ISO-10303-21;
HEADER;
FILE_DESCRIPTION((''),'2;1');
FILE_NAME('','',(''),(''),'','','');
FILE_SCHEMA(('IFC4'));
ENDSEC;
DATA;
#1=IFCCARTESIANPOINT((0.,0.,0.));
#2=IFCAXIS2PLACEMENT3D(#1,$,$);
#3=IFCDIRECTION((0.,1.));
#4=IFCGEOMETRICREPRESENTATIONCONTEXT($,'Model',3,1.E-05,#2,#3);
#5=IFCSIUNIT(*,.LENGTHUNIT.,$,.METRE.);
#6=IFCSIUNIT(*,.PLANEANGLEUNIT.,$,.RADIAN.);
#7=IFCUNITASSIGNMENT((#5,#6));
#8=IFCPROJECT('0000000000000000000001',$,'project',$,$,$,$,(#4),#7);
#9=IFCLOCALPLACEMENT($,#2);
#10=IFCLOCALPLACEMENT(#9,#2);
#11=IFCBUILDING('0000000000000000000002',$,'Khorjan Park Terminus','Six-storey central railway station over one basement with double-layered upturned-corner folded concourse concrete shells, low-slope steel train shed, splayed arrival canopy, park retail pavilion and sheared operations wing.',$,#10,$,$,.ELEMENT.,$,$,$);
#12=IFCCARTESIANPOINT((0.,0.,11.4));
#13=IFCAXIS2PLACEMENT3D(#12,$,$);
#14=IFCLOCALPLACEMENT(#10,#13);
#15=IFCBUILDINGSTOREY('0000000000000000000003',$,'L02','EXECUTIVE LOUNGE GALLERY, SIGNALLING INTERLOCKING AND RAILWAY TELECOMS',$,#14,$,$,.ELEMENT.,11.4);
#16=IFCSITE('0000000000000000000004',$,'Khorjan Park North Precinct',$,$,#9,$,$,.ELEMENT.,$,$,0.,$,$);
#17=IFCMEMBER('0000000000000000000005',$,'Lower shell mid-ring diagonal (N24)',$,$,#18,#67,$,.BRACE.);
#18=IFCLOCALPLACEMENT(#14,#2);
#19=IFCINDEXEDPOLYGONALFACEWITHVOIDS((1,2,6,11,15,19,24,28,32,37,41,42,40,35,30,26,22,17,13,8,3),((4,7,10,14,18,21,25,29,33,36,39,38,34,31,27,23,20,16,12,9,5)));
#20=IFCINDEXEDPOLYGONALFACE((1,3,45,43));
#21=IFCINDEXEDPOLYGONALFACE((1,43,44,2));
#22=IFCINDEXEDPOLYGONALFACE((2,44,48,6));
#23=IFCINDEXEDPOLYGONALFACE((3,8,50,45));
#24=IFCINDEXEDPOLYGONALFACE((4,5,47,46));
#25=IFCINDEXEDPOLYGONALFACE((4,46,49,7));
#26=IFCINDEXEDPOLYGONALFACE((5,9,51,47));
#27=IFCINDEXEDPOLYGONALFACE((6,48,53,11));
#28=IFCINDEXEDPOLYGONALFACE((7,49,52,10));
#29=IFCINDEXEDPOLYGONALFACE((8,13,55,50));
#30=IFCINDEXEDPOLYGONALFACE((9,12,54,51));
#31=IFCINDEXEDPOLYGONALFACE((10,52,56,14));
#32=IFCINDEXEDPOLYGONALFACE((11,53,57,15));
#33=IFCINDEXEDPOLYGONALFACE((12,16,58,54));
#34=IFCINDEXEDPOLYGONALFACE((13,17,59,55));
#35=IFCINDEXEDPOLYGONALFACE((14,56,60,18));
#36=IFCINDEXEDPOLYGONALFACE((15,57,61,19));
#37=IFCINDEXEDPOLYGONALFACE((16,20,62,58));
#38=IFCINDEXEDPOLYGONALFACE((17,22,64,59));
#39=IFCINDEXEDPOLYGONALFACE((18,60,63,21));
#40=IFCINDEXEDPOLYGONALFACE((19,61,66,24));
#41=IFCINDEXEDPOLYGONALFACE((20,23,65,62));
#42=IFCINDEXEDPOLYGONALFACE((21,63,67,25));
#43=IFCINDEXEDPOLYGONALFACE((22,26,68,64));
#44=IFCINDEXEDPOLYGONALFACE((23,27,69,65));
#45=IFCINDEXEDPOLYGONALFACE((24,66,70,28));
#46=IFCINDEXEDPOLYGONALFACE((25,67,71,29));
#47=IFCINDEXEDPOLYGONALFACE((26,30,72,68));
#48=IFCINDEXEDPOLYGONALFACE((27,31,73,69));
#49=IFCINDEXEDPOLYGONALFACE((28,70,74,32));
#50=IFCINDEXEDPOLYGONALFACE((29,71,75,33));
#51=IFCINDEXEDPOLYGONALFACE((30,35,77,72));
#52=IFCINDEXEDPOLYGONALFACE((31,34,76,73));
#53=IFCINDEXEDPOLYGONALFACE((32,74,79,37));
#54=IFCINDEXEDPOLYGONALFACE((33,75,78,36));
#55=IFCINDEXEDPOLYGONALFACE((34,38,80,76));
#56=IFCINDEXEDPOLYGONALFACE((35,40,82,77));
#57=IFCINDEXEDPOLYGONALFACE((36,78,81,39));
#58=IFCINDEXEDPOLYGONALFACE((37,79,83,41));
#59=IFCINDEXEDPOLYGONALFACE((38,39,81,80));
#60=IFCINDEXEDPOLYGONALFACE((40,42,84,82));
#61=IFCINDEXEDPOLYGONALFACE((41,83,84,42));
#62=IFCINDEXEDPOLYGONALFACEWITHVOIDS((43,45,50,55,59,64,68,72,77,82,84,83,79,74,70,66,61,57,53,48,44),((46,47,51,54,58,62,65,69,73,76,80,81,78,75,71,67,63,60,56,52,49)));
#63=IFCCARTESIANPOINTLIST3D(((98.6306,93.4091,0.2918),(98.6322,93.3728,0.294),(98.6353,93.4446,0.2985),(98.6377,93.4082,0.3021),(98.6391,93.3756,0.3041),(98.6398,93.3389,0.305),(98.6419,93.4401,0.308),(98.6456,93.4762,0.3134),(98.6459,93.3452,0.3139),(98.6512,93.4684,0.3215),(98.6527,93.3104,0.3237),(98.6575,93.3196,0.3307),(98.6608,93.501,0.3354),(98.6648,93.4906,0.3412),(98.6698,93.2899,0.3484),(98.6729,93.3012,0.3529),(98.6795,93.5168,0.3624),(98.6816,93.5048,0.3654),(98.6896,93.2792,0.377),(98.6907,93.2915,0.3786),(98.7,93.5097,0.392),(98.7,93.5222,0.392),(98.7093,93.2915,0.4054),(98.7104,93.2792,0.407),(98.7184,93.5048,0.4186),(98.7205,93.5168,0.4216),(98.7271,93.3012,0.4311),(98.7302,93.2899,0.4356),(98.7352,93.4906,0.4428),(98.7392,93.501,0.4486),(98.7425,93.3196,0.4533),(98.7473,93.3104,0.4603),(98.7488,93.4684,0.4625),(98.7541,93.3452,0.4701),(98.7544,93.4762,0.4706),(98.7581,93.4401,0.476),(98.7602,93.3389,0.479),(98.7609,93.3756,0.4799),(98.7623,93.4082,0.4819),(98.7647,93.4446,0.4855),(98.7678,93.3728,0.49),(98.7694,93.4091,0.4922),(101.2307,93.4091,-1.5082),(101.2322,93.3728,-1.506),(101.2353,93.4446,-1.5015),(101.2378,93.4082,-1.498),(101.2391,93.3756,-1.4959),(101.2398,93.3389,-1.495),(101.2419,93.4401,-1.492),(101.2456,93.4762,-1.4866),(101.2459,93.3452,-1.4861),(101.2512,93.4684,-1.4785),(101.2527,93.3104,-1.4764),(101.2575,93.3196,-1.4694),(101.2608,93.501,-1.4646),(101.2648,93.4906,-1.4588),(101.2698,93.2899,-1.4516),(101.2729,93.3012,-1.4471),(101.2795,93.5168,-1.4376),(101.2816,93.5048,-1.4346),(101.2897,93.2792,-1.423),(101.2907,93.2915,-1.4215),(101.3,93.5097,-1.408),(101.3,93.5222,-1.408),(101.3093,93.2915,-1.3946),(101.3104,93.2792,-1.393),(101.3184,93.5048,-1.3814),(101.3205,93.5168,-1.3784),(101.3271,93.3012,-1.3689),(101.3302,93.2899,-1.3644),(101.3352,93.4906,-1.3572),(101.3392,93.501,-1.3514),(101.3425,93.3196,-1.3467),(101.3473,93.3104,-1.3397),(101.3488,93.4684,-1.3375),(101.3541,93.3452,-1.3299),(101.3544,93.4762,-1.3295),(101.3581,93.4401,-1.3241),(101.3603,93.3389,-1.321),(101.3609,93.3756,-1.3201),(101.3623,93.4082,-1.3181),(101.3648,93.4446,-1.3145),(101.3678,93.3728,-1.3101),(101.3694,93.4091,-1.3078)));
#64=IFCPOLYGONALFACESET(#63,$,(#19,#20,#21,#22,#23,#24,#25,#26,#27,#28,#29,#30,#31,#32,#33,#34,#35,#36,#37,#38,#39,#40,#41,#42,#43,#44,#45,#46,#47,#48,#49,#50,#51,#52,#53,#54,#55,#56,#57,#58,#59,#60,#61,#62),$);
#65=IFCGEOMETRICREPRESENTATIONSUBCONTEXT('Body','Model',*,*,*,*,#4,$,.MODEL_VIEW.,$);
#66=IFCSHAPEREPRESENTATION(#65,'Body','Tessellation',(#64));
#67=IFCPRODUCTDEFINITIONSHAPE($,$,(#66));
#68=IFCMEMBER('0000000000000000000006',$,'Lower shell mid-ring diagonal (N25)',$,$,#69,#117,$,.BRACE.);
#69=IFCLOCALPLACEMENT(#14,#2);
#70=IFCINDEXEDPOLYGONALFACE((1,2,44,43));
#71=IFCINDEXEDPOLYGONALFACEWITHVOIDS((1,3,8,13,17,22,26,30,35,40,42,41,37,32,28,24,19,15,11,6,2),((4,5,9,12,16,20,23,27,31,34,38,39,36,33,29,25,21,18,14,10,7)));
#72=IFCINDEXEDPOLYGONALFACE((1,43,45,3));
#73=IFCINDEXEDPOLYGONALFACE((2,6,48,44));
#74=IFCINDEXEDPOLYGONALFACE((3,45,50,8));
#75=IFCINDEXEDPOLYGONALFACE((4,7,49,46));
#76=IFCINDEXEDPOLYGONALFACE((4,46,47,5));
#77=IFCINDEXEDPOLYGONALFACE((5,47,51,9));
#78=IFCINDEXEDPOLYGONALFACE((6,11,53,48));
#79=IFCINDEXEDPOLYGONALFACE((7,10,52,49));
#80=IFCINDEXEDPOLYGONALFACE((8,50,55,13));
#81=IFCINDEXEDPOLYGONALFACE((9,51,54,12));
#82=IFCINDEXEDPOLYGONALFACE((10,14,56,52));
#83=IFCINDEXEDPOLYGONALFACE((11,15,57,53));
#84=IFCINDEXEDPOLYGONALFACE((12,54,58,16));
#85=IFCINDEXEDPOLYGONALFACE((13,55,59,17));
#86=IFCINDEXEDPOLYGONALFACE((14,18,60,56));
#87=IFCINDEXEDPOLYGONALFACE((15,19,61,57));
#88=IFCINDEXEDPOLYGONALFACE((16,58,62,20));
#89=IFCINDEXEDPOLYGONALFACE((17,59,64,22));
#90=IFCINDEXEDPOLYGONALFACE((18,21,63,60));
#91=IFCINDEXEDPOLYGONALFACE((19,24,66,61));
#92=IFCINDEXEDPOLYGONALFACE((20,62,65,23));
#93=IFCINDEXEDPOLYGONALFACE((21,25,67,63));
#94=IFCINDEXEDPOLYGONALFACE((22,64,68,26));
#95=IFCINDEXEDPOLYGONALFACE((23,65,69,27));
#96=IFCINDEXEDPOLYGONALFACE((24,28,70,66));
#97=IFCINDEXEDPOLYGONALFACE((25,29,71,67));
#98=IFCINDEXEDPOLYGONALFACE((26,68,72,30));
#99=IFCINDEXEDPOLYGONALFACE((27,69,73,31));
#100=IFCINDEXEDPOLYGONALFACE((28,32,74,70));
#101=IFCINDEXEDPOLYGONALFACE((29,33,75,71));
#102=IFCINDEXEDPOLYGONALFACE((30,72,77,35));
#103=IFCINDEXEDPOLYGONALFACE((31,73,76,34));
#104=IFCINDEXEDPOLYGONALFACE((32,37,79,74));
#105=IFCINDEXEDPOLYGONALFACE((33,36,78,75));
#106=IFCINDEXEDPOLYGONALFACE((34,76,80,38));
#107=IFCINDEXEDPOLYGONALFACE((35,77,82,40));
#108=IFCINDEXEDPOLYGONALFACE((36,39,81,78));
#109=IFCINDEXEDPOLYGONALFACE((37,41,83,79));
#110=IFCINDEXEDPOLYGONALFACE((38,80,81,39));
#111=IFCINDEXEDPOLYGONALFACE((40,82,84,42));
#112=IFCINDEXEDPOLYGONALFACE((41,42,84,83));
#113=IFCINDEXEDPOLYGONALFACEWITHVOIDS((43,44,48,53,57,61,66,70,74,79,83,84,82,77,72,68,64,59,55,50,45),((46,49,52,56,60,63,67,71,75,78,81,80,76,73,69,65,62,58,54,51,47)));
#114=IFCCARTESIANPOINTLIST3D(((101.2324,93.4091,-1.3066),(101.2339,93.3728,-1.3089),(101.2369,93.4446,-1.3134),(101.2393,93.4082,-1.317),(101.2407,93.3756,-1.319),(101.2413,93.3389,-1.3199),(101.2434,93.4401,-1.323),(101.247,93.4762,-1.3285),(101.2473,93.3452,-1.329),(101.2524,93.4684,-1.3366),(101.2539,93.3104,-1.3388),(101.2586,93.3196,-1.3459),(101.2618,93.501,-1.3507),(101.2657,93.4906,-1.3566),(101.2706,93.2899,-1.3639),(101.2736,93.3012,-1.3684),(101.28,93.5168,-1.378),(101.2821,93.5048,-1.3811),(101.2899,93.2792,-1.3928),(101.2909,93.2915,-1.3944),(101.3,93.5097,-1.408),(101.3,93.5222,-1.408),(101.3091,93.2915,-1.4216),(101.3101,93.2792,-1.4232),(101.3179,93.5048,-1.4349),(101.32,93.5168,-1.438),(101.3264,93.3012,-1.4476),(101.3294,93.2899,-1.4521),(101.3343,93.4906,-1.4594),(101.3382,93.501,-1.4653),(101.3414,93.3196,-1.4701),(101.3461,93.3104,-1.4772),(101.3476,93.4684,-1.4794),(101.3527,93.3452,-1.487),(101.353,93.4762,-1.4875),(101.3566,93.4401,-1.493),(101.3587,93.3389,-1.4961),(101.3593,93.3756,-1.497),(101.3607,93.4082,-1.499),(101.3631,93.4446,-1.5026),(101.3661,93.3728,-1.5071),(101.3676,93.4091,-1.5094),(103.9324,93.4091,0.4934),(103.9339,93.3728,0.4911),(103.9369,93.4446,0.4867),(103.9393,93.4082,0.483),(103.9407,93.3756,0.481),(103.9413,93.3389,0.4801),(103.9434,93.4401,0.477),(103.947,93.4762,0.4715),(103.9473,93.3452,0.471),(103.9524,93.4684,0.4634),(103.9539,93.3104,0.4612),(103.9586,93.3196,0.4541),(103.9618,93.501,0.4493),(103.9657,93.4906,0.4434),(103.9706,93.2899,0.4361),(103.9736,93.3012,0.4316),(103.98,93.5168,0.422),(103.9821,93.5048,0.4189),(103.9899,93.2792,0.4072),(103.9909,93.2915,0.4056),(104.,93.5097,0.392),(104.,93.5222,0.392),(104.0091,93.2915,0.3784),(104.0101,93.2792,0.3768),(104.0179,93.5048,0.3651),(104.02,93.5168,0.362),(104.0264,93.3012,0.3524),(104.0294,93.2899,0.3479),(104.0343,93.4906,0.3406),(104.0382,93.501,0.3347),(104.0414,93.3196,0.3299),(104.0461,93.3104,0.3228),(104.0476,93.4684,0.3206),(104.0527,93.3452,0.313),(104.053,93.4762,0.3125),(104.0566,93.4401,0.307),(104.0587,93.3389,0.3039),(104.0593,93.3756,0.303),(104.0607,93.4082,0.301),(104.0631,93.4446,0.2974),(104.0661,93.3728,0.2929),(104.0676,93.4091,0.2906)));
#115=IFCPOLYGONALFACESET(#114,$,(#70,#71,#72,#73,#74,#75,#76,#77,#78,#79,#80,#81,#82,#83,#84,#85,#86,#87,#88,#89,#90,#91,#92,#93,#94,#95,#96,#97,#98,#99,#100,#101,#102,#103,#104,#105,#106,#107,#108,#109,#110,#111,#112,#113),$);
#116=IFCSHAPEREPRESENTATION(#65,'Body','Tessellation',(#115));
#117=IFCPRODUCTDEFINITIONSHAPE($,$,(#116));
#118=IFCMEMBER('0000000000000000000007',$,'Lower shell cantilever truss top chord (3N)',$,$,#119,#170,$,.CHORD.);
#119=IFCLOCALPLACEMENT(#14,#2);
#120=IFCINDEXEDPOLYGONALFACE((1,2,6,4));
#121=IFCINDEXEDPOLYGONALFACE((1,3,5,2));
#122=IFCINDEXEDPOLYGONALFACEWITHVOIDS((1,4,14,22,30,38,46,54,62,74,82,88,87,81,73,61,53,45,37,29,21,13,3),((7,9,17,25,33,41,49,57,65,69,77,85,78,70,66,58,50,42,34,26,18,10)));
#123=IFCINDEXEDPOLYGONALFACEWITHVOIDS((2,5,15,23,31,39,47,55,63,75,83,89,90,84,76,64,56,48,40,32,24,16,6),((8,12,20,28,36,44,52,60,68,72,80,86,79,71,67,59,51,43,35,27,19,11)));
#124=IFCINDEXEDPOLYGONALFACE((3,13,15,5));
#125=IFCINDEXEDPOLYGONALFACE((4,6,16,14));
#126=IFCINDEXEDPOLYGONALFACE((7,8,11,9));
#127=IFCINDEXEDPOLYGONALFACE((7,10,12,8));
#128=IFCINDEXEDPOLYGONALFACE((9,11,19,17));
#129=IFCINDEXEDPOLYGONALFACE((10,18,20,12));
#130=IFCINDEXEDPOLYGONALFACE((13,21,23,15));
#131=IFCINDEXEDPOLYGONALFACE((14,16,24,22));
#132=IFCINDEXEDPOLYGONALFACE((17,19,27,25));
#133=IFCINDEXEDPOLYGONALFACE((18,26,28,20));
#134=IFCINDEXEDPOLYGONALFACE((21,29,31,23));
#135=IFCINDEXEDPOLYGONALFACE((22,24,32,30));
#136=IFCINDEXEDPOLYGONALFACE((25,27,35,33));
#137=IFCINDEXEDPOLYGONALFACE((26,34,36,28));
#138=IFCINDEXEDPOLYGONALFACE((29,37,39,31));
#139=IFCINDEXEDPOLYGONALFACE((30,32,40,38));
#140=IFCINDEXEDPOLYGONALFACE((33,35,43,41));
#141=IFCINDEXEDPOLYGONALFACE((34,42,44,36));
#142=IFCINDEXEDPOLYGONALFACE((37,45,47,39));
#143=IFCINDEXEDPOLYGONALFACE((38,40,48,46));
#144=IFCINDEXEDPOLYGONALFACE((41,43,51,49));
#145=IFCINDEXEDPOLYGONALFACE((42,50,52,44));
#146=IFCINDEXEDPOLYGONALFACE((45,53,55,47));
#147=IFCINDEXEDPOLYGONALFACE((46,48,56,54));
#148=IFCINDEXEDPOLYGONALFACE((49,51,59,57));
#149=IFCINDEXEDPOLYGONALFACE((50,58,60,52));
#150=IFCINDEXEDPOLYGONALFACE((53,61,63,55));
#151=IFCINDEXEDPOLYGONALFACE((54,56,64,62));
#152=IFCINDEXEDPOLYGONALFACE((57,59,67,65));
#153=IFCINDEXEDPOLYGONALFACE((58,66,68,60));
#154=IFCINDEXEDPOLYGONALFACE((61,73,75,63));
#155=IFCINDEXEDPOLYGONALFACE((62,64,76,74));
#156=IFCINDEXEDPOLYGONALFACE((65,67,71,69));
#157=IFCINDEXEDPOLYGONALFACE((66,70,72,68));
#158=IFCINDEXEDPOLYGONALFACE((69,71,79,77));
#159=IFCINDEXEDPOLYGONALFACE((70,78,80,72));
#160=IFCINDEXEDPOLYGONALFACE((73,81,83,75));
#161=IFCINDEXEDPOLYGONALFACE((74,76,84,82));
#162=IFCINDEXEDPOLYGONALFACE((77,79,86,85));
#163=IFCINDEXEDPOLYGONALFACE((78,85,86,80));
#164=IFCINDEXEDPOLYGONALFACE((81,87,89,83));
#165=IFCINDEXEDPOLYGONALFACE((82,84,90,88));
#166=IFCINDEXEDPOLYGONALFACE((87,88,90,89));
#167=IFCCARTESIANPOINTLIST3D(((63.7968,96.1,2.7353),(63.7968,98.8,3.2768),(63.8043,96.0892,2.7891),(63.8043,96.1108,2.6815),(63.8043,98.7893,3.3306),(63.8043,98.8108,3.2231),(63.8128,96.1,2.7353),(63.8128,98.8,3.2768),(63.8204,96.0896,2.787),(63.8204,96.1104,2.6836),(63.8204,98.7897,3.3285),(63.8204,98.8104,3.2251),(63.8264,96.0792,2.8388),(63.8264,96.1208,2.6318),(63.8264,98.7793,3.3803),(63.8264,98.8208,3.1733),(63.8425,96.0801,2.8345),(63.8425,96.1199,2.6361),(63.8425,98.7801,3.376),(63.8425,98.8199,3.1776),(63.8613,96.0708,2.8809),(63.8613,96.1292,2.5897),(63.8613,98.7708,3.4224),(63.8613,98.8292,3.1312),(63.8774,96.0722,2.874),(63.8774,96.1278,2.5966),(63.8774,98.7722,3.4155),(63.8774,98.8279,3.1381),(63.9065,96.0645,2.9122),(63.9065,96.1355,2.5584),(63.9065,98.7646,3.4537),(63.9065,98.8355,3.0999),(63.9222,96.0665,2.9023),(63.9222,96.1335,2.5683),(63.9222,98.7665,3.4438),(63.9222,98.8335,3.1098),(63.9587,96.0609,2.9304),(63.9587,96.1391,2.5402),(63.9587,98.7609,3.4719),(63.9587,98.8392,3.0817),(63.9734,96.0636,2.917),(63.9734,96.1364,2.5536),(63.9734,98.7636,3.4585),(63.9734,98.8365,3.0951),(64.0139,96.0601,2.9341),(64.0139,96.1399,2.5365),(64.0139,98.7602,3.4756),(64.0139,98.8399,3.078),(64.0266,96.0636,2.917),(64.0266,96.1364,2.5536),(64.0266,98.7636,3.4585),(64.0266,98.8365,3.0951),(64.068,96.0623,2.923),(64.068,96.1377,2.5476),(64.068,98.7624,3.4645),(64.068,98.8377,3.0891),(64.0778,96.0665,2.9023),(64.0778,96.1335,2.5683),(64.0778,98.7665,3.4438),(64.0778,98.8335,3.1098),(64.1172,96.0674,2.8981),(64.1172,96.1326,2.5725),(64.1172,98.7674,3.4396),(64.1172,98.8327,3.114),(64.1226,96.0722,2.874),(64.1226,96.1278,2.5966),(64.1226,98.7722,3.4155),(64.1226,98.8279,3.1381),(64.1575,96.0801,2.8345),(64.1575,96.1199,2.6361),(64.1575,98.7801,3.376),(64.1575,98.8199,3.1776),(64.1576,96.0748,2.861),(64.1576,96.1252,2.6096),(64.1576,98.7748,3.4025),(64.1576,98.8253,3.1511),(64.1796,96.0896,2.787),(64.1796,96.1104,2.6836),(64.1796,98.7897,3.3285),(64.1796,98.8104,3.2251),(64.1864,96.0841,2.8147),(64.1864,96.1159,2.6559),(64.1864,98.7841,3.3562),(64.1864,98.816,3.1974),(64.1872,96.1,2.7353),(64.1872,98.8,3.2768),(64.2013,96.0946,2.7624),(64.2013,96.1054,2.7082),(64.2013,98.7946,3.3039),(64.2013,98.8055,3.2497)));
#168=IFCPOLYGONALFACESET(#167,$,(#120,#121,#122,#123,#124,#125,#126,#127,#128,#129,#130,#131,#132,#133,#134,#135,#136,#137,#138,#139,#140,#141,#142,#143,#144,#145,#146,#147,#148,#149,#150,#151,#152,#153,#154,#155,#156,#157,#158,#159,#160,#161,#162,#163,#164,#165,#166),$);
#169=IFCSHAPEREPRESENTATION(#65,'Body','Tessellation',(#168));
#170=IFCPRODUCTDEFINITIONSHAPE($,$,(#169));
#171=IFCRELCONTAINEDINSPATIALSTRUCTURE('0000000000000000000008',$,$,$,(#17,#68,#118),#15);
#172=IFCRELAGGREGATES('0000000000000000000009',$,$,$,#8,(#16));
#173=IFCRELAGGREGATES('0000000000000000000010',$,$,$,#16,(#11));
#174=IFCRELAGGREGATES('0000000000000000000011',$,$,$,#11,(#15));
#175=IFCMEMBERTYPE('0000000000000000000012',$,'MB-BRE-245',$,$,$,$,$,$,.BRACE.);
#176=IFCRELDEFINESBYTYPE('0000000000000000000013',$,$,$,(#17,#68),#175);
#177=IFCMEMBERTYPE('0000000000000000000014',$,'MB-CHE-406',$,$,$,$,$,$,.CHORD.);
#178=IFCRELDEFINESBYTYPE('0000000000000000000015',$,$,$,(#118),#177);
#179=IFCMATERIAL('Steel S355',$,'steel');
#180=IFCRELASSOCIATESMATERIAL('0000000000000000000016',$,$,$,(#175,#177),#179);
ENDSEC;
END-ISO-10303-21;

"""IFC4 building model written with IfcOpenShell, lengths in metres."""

from ifc_helpers import new_model, si_unit, direction, frame, origin, origin_2d, place, context, subcontext, project, spatial, hollow_circle, extrude, material, material_profile, profile_set, type_object, element, save


model = new_model("IFC4")

# Units and contexts
model_context = context("Model", 3, precision=1e-05, world=origin(), true_north=direction((0.0, 1.0)))
body_context = subcontext(model_context, "Body", "Model", "MODEL_VIEW")
ifc_project = project(units=[si_unit("LENGTHUNIT", "METRE"), si_unit("PLANEANGLEUNIT", "RADIAN")], contexts=[model_context])

# Site, building, storey
site_placement = place(None, origin())
site = spatial("IfcSite", under=ifc_project, at=site_placement, Name="Khorjan Park North Precinct", CompositionType="ELEMENT", RefElevation=0.0)
building_placement = place(site_placement, origin())
building = spatial("IfcBuilding", under=site, at=building_placement, Name="Khorjan Park Terminus", Description="Six-storey central railway station over one basement with double-layered upturned-corner folded concourse concrete shells, low-slope steel train shed, splayed arrival canopy, park retail pavilion and sheared operations wing.", CompositionType="ELEMENT")
storey_placement = place(building_placement, frame((0.0, 0.0, 11.4)))
storey = spatial("IfcBuildingStorey", under=building, at=storey_placement, Name="L02", Description="EXECUTIVE LOUNGE GALLERY, SIGNALLING INTERLOCKING AND RAILWAY TELECOMS", CompositionType="ELEMENT", Elevation=11.4)

# Members
ifc_material_1 = material(Name="Steel S355", Category="steel")
ifc_material_profile_1 = material_profile(ifc_material_1, hollow_circle(Radius=0.1222, WallThickness=0.0125, at=origin_2d()), Name="CHS 244.5x12.5")
ifc_profile_set_1 = profile_set([ifc_material_profile_1], Name="Steel S355")
member_type_1 = type_object("IfcMemberType", Name="MB-BRE-245", PredefinedType="BRACE", material=ifc_profile_set_1)
member_1_placement = place(storey_placement, frame((98.7, 93.4, 0.392), z_axis=(0.822192, 0.0, -0.56921), x_axis=(0.0, 1.0, 0.0)))
element("IfcMember", 1, at=member_1_placement, inside=storey, type_object=member_type_1, Name="Lower shell mid-ring diagonal (N24)", PredefinedType="BRACE", context=body_context, shape_type="SweptSolid", body=[
    extrude(hollow_circle(Radius=0.1222, WallThickness=0.0125, at=origin_2d()), origin(), (0.0, 0.0, 1.0), 3.1623),
])
member_2_placement = place(storey_placement, frame((101.3, 93.4, -1.408), z_axis=(0.83205, 0.0, 0.5547), x_axis=(0.0, 1.0, 0.0)))
element("IfcMember", 2, at=member_2_placement, inside=storey, type_object=member_type_1, Name="Lower shell mid-ring diagonal (N25)", PredefinedType="BRACE", context=body_context, shape_type="SweptSolid", body=[
    extrude(hollow_circle(Radius=0.1222, WallThickness=0.0125, at=origin_2d()), origin(), (0.0, 0.0, 1.0), 3.245),
])
ifc_material_profile_2 = material_profile(ifc_material_1, hollow_circle(Radius=0.2032, WallThickness=0.016, at=origin_2d()), Name="CHS 406.4x16")
ifc_profile_set_2 = profile_set([ifc_material_profile_2], Name="Steel S355")
member_type_2 = type_object("IfcMemberType", Name="MB-CHE-406", PredefinedType="CHORD", material=ifc_profile_set_2)
for number, where, z_axis, x_axis, name in (
    (3, (64.0, 96.1, 2.7353), (0.0, 0.980476, 0.19664), (-1.0, 0.0, 0.0), "Lower shell cantilever truss top chord (3N)"),
):
    element("IfcMember", number, at=place(storey_placement, frame(where, z_axis=z_axis, x_axis=x_axis)), inside=storey, type_object=member_type_2, Name=name, PredefinedType="CHORD", context=body_context, shape_type="SweptSolid", body=[
        extrude(hollow_circle(Radius=0.2032, WallThickness=0.016, at=origin_2d()), origin(), (0.0, 0.0, 1.0), 2.7538),
    ])

save(model, "model.ifc")
